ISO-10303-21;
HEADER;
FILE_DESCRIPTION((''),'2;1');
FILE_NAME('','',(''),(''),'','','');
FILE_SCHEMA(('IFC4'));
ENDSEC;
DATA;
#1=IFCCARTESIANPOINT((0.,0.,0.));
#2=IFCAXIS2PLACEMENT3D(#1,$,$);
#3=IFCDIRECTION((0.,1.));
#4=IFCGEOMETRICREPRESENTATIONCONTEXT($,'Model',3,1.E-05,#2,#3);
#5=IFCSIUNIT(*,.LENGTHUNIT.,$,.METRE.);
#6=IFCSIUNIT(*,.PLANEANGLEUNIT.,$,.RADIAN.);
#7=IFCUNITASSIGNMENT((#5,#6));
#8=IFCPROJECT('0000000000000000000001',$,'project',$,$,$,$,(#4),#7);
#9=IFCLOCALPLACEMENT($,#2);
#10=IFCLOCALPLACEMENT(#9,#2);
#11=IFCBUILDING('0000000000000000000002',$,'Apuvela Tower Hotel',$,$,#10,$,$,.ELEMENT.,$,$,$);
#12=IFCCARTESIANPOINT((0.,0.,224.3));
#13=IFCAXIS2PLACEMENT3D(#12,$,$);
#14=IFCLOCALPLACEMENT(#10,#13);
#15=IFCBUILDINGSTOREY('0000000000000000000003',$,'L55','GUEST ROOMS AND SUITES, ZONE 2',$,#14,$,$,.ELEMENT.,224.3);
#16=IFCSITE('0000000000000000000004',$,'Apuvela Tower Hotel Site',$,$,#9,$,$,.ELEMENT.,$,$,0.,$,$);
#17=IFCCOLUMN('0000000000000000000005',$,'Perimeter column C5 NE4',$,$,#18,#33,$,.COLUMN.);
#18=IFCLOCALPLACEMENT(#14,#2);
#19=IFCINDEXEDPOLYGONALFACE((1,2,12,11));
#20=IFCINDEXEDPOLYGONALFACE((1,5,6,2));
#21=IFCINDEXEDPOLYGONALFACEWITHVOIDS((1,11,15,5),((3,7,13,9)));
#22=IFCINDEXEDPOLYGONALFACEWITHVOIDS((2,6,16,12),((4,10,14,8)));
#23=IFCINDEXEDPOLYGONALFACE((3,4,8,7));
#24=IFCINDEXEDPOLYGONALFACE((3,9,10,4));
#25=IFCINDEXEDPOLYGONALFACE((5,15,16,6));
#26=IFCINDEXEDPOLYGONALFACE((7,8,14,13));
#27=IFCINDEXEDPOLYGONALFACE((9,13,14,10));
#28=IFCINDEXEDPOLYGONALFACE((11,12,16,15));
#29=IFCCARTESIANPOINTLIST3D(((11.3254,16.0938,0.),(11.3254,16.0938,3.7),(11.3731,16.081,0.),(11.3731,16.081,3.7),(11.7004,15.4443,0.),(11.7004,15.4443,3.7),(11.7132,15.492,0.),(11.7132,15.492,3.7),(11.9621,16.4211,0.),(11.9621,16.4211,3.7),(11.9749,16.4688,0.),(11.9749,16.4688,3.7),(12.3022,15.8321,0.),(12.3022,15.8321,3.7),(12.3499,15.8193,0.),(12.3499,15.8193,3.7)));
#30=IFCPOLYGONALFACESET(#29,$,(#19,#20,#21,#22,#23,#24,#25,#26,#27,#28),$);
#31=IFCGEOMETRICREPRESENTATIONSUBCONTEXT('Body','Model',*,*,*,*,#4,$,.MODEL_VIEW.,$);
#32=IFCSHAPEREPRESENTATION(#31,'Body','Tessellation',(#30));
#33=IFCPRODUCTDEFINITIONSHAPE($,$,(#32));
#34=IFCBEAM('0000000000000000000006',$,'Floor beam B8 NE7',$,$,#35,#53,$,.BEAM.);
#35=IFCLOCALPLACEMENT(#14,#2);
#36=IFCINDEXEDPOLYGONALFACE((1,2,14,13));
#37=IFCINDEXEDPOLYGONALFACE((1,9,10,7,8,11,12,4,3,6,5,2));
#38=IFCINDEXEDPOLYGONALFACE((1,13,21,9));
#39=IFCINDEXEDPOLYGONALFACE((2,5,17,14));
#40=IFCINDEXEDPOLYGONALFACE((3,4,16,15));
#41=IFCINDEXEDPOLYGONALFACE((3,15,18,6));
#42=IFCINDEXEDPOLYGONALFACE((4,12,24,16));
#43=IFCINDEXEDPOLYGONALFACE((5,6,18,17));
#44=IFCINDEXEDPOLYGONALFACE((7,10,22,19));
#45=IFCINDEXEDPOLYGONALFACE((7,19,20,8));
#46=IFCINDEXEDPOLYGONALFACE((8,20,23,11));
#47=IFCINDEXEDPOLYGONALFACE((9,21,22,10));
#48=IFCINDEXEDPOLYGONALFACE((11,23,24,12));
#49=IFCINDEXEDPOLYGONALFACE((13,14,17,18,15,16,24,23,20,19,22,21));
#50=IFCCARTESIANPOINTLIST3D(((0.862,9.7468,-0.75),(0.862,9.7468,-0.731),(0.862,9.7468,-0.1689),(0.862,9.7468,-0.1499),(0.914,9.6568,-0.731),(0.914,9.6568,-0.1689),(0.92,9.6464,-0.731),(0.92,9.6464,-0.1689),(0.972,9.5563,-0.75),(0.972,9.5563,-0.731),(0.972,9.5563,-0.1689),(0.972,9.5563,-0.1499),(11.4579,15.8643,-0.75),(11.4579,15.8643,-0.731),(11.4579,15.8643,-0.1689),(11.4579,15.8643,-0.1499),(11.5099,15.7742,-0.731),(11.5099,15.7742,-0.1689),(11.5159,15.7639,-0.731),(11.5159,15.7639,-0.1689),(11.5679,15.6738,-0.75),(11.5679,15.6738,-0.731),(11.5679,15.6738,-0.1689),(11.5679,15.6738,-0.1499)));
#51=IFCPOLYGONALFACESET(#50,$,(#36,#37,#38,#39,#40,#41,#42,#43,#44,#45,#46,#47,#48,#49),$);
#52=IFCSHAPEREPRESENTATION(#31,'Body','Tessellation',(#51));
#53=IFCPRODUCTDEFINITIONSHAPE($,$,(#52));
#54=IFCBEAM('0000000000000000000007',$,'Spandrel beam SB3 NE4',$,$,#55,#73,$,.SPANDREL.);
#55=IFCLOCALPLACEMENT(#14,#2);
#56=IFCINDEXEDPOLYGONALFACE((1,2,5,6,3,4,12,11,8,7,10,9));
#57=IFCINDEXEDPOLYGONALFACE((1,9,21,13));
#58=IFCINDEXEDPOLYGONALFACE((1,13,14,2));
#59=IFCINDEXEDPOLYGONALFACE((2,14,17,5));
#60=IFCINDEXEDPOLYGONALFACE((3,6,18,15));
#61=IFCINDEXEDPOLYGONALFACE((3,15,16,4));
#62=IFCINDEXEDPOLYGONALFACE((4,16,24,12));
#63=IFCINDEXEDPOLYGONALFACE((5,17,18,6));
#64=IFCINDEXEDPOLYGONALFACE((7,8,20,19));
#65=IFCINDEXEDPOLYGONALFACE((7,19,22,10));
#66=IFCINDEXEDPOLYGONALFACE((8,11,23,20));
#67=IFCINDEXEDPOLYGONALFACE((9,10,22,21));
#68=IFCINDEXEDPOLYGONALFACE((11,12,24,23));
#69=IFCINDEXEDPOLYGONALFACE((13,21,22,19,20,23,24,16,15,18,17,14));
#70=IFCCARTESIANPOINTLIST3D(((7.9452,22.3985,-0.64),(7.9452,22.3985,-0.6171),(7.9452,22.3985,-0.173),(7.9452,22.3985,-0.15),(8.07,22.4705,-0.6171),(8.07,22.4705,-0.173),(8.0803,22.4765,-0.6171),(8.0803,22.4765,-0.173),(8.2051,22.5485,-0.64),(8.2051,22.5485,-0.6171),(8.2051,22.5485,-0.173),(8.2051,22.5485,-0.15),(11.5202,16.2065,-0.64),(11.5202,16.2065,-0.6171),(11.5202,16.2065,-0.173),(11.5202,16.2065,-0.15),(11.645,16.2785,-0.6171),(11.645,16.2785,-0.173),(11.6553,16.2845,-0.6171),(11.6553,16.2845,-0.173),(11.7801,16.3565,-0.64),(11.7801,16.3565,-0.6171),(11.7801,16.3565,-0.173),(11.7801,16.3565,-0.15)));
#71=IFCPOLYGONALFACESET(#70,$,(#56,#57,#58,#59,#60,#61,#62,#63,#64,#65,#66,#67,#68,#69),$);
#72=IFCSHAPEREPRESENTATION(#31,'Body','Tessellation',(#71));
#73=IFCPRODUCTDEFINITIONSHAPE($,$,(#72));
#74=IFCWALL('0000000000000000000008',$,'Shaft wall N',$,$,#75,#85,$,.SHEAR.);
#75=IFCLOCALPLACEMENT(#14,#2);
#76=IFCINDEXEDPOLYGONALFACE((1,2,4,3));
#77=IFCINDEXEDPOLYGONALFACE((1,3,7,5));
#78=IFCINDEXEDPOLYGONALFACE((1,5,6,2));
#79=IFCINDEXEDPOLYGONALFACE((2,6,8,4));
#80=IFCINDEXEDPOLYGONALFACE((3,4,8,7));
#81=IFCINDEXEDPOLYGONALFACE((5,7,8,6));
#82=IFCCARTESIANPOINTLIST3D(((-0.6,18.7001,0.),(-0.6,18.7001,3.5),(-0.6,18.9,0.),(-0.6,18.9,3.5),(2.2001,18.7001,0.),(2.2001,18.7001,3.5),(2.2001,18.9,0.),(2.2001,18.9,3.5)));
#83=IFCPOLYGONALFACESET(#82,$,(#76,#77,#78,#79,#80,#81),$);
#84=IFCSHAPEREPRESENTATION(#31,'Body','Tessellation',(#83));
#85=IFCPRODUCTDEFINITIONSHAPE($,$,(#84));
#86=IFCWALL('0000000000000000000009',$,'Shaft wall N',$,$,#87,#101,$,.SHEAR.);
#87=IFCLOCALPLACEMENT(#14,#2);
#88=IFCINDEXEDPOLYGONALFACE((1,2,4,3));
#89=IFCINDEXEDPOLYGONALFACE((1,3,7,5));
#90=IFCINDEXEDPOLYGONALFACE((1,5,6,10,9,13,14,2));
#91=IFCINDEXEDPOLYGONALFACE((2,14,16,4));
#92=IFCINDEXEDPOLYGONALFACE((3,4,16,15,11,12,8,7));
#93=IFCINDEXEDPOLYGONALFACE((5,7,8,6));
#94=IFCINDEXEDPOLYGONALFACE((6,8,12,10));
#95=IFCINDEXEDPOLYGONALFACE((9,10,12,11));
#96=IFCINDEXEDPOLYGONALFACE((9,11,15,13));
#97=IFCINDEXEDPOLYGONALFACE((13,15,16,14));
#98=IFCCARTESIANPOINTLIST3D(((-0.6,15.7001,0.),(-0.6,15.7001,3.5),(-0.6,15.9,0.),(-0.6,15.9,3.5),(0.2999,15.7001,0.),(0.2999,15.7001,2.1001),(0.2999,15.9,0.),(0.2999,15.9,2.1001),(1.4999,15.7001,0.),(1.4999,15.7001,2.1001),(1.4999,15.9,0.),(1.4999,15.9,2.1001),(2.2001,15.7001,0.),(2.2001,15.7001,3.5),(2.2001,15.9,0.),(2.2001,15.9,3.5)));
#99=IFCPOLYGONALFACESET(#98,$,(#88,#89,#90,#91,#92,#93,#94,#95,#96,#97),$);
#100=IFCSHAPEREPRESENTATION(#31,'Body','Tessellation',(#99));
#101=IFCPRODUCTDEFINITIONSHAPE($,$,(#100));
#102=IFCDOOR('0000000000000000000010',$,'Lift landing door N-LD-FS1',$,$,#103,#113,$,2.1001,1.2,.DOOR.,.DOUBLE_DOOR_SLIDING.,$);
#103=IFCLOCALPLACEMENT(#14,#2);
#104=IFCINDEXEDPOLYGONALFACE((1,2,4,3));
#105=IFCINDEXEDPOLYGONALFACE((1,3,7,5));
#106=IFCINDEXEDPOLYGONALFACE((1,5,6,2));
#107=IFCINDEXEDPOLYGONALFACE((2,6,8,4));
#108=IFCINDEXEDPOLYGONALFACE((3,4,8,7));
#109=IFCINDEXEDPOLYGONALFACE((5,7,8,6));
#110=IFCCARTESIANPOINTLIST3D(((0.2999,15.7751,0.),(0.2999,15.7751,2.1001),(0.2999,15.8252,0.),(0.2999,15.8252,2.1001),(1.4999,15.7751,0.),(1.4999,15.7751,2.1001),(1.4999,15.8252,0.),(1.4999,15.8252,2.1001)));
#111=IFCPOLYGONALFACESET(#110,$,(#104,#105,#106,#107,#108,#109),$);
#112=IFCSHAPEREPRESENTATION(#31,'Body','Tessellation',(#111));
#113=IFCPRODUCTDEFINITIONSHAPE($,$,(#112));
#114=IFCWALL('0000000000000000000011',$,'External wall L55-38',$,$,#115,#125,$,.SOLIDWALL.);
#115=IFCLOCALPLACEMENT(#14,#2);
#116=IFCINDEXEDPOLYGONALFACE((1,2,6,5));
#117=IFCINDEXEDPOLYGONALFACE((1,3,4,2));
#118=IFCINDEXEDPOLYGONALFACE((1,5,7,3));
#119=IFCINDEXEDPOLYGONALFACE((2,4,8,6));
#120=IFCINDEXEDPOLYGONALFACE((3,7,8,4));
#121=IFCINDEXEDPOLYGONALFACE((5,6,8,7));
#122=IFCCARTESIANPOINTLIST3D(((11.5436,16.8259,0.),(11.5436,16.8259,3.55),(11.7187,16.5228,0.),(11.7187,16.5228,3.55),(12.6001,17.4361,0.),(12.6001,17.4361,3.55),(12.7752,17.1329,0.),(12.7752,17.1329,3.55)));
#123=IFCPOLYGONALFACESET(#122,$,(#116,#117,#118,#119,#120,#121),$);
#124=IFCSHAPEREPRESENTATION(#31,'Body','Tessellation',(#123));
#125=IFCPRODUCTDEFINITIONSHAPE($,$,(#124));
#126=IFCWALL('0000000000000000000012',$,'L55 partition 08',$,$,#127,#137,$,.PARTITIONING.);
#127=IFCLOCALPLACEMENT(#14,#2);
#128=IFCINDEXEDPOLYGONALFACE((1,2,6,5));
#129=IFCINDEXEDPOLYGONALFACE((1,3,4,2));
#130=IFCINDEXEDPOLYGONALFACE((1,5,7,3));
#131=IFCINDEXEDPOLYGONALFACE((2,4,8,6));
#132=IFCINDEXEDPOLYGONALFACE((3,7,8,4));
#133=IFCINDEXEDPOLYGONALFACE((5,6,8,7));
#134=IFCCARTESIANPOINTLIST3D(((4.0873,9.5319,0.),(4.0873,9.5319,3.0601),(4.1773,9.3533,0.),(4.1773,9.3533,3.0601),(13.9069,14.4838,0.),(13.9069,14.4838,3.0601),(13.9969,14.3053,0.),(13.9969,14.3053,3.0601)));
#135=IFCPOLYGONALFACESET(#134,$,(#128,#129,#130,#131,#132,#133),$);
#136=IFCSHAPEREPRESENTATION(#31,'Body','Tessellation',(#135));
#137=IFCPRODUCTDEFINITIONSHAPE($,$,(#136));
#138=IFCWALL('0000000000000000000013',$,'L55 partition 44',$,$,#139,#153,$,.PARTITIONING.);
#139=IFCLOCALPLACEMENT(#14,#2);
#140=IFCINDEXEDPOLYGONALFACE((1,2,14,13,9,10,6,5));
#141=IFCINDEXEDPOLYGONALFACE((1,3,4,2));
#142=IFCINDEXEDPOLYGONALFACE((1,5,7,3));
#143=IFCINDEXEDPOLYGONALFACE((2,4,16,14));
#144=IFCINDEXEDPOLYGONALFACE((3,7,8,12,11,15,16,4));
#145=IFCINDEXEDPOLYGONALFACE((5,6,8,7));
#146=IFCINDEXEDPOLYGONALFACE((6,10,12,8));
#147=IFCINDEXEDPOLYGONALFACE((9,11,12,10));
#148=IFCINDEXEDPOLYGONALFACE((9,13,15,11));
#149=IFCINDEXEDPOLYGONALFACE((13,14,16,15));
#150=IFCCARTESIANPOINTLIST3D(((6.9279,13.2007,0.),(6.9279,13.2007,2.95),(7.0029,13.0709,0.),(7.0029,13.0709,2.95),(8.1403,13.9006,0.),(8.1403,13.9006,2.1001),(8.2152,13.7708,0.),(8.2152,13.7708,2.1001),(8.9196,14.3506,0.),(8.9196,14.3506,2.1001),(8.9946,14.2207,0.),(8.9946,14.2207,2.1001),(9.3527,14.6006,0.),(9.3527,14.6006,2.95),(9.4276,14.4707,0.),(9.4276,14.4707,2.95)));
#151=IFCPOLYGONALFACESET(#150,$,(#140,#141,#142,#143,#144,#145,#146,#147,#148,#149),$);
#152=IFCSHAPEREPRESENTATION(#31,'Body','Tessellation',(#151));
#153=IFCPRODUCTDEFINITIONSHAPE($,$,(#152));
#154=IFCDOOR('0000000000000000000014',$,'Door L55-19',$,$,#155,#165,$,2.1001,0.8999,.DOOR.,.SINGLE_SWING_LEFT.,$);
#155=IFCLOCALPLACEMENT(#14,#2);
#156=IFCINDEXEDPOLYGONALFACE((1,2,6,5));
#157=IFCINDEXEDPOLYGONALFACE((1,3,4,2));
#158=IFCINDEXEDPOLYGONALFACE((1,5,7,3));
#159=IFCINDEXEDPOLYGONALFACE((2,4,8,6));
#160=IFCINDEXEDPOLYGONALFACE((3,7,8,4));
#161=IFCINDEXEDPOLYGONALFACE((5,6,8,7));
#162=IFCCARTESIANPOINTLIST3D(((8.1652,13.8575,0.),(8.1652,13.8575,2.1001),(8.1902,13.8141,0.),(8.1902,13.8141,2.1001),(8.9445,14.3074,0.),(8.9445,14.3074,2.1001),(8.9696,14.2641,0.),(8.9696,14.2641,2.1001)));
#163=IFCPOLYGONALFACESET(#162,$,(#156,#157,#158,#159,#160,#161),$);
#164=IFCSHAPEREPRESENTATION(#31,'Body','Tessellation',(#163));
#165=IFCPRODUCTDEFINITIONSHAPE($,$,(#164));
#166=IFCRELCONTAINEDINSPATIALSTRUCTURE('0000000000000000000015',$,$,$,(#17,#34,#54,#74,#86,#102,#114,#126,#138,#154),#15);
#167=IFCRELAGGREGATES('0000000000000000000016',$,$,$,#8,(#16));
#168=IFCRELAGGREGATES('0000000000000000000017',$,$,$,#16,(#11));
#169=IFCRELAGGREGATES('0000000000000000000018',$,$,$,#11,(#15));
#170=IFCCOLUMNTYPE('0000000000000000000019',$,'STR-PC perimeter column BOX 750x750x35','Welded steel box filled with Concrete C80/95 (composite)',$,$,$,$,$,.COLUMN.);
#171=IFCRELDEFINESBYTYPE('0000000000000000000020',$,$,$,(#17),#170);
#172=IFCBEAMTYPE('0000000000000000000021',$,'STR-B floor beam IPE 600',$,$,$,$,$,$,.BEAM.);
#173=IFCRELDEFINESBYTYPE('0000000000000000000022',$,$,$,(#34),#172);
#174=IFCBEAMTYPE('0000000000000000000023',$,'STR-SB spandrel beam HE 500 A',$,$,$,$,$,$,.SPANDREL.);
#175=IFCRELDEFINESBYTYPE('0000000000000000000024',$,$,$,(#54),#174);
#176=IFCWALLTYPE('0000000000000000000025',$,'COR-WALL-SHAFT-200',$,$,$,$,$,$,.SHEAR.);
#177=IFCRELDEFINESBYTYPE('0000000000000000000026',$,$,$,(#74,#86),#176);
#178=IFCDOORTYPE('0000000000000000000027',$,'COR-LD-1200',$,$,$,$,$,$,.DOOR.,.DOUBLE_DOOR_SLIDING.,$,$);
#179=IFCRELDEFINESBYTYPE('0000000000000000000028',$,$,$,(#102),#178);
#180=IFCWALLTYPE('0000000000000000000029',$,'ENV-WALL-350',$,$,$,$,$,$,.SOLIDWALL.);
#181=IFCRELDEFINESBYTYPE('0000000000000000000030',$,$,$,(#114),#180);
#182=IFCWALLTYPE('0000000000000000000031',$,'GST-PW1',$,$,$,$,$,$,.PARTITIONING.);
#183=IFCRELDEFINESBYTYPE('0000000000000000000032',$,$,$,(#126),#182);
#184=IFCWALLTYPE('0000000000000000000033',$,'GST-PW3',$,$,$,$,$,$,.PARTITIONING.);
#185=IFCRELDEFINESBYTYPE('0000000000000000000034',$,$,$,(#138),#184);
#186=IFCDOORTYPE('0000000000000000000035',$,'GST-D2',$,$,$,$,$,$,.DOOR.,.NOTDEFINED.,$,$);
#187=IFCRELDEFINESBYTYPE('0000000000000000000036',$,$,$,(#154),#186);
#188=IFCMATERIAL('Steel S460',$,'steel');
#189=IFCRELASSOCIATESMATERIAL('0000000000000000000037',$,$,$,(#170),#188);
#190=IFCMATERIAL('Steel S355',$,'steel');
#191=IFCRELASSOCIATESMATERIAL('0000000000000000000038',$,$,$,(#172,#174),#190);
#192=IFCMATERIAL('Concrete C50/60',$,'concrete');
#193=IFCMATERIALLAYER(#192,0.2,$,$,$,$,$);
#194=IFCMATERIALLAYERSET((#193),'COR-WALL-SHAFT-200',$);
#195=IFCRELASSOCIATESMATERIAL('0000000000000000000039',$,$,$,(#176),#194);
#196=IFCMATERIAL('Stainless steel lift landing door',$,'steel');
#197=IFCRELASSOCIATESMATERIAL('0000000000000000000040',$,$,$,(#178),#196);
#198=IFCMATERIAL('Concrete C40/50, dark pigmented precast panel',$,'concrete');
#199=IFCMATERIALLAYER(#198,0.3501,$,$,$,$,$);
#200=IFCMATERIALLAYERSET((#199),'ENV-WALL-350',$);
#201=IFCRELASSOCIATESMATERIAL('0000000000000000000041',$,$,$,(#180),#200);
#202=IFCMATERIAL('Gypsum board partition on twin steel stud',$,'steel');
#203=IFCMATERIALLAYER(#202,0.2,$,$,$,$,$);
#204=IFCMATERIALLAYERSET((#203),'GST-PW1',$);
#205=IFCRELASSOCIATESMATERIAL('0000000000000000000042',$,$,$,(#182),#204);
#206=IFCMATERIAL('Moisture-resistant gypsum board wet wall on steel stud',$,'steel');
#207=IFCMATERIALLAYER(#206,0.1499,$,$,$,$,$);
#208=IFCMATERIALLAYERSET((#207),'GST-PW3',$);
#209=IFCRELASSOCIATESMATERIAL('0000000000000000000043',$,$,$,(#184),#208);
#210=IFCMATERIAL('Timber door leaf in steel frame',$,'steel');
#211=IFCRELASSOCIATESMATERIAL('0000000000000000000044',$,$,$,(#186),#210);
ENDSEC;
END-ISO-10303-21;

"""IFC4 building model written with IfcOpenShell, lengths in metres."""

from ifc_helpers import new_model, si_unit, direction, frame, frame_2d, origin, origin_2d, place, context, subcontext, project, spatial, rectangle, hollow_rectangle, i_section, extrude, material, layer, layer_set, material_profile, profile_set, type_object, element, fill, save


model = new_model("IFC4")

# Units and contexts
model_context = context("Model", 3, precision=1e-05, world=origin(), true_north=direction((0.0, 1.0)))
body_context = subcontext(model_context, "Body", "Model", "MODEL_VIEW")
ifc_project = project(units=[si_unit("LENGTHUNIT", "METRE"), si_unit("PLANEANGLEUNIT", "RADIAN")], contexts=[model_context])

# Site, building, storey
site_placement = place(None, origin())
site = spatial("IfcSite", under=ifc_project, at=site_placement, Name="Apuvela Tower Hotel Site", CompositionType="ELEMENT", RefElevation=0.0)
building_placement = place(site_placement, origin())
building = spatial("IfcBuilding", under=site, at=building_placement, Name="Apuvela Tower Hotel", CompositionType="ELEMENT")
storey_placement = place(building_placement, frame((0.0, 0.0, 224.3)))
storey = spatial("IfcBuildingStorey", under=building, at=storey_placement, Name="L55", Description="GUEST ROOMS AND SUITES, ZONE 2", CompositionType="ELEMENT", Elevation=224.3)

# Column
ifc_material_1 = material(Name="Steel S460", Category="steel")
ifc_material_profile_1 = material_profile(ifc_material_1, hollow_rectangle(XDim=0.75, YDim=0.75, WallThickness=0.0349, at=origin_2d()), Name="BOX 750x750x35")
ifc_material_2 = material(Name="Concrete C80/95", Category="concrete")
ifc_material_profile_2 = material_profile(ifc_material_2, rectangle(XDim=0.6799, YDim=0.6799, at=origin_2d()), Name="Concrete C80/95 infill")
ifc_profile_set_1 = profile_set([ifc_material_profile_1, ifc_material_profile_2], Name="Steel S460")
column_type = type_object("IfcColumnType", Name="STR-PC perimeter column BOX 750x750x35", Description="Welded steel box filled with Concrete C80/95 (composite)", PredefinedType="COLUMN", material=ifc_profile_set_1)
column_placement = place(storey_placement, frame((11.8376, 15.9565, 0.0), z_axis=(0.0, 0.0, 1.0), x_axis=(-0.5, 0.866025, 0.0)))
element("IfcColumn", 1, at=column_placement, inside=storey, type_object=column_type, Name="Perimeter column C5 NE4", PredefinedType="COLUMN", context=body_context, shape_type="SweptSolid", body=[
    extrude(hollow_rectangle(XDim=0.75, YDim=0.75, WallThickness=0.0349, at=origin_2d()), origin(), (0.0, 0.0, 1.0), 3.7),
])

# Beams
ifc_material_3 = material(Name="Steel S355", Category="steel")
ifc_material_profile_3 = material_profile(ifc_material_3, i_section(OverallWidth=0.22, OverallDepth=0.6001, WebThickness=0.012, FlangeThickness=0.019, at=origin_2d()), Name="IPE 600")
ifc_profile_set_2 = profile_set([ifc_material_profile_3], Name="Steel S355")
beam_type_1 = type_object("IfcBeamType", Name="STR-B floor beam IPE 600", PredefinedType="BEAM", material=ifc_profile_set_2)
beam_1_placement = place(storey_placement, frame((11.5129, 15.769, -0.45), z_axis=(-0.86603, -0.499991, 0.0), x_axis=(0.499991, -0.86603, 0.0)))
element("IfcBeam", 2, at=beam_1_placement, inside=storey, type_object=beam_type_1, Name="Floor beam B8 NE7", PredefinedType="BEAM", context=body_context, shape_type="SweptSolid", body=[
    extrude(i_section(OverallWidth=0.22, OverallDepth=0.6001, WebThickness=0.012, FlangeThickness=0.019, at=origin_2d()), origin(), (0.0, 0.0, 1.0), 12.2351),
])
ifc_material_profile_4 = material_profile(ifc_material_3, i_section(OverallWidth=0.3, OverallDepth=0.49, WebThickness=0.012, FlangeThickness=0.0229, at=origin_2d()), Name="HE 500 A")
ifc_profile_set_3 = profile_set([ifc_material_profile_4], Name="Steel S355")
beam_type_2 = type_object("IfcBeamType", Name="STR-SB spandrel beam HE 500 A", PredefinedType="SPANDREL", material=ifc_profile_set_3)
beam_2_placement = place(storey_placement, frame((11.6501, 16.2815, -0.395), z_axis=(-0.500006, 0.866022, 0.0), x_axis=(-0.866022, -0.500006, 0.0)))
element("IfcBeam", 3, at=beam_2_placement, inside=storey, type_object=beam_type_2, Name="Spandrel beam SB3 NE4", PredefinedType="SPANDREL", context=body_context, shape_type="SweptSolid", body=[
    extrude(i_section(OverallWidth=0.3, OverallDepth=0.49, WebThickness=0.012, FlangeThickness=0.0229, at=origin_2d()), origin(), (0.0, 0.0, 1.0), 7.1499),
])

# Wall
ifc_material_4 = material(Name="Concrete C50/60", Category="concrete")
ifc_layer_1 = layer(ifc_material_4, 0.2)
ifc_layer_set_1 = layer_set([ifc_layer_1], Name="COR-WALL-SHAFT-200")
wall_type_1 = type_object("IfcWallType", Name="COR-WALL-SHAFT-200", PredefinedType="SHEAR", material=ifc_layer_set_1)
wall_1_placement = place(storey_placement, frame((2.2, 18.8, 0.0), z_axis=(0.0, 0.0, 1.0), x_axis=(-1.0, 0.0, 0.0)))
element("IfcWall", 4, at=wall_1_placement, inside=storey, type_object=wall_type_1, Name="Shaft wall N", PredefinedType="SHEAR", context=body_context, shape_type="SweptSolid", body=[
    extrude(rectangle(XDim=2.8, YDim=0.2, at=frame_2d((1.3999, 0.0))), origin(), (0.0, 0.0, 1.0), 3.5),
])

# Wall, opening, door
wall_2_placement = place(storey_placement, frame((2.2, 15.8, 0.0), z_axis=(0.0, 0.0, 1.0), x_axis=(-1.0, 0.0, 0.0)))
wall_2 = element("IfcWall", 5, at=wall_2_placement, inside=storey, type_object=wall_type_1, Name="Shaft wall N", PredefinedType="SHEAR", context=body_context, shape_type="SweptSolid", body=[
    extrude(rectangle(XDim=2.8, YDim=0.2, at=frame_2d((1.3999, 0.0))), origin(), (0.0, 0.0, 1.0), 3.5),
])
opening_1_placement = place(wall_2_placement, frame((0.7, 0.0, 0.0)))
opening_1 = element("IfcOpeningElement", 6, at=opening_1_placement, cuts=wall_2, PredefinedType="OPENING", context=body_context, shape_type="SweptSolid", body=[
    extrude(rectangle(XDim=1.2, YDim=2.1001, at=frame_2d((0.6001, 1.05))), frame((0.0, 0.1099, 0.0), z_axis=(0.0, -1.0, 0.0), x_axis=(1.0, 0.0, 0.0)), (0.0, 0.0, 1.0), 0.22),
])
ifc_material_5 = material(Name="Stainless steel lift landing door", Category="steel")
door_type_1 = type_object("IfcDoorType", Name="COR-LD-1200", OperationType="DOUBLE_DOOR_SLIDING", PredefinedType="DOOR", material=ifc_material_5)
door_1_placement = place(opening_1_placement, origin())
door_1 = element("IfcDoor", 7, at=door_1_placement, inside=storey, type_object=door_type_1, Name="Lift landing door N-LD-FS1", OperationType="DOUBLE_DOOR_SLIDING", OverallHeight=2.1001, OverallWidth=1.2, PredefinedType="DOOR", context=body_context, shape_type="SweptSolid", body=[
    extrude(rectangle(XDim=1.2, YDim=2.1001, at=frame_2d((0.6001, 1.05))), frame((0.0, 0.0249, 0.0), z_axis=(0.0, -1.0, 0.0), x_axis=(1.0, 0.0, 0.0)), (0.0, 0.0, 1.0), 0.05),
])
fill(opening_1, door_1)

# Wall
ifc_material_6 = material(Name="Concrete C40/50, dark pigmented precast panel", Category="concrete")
ifc_layer_2 = layer(ifc_material_6, 0.3501)
ifc_layer_set_2 = layer_set([ifc_layer_2], Name="ENV-WALL-350")
wall_type_2 = type_object("IfcWallType", Name="ENV-WALL-350", PredefinedType="SOLIDWALL", material=ifc_layer_set_2)
wall_3_placement = place(storey_placement, frame((12.6875, 17.2844, 0.0), z_axis=(0.0, 0.0, 1.0), x_axis=(-0.865956, -0.500121, 0.0)))
element("IfcWall", 8, at=wall_3_placement, inside=storey, type_object=wall_type_2, Name="External wall L55-38", PredefinedType="SOLIDWALL", context=body_context, shape_type="SweptSolid", body=[
    extrude(rectangle(XDim=1.22, YDim=0.3501, at=frame_2d((0.6099, 0.0))), origin(), (0.0, 0.0, 1.0), 3.55),
])

# Wall
ifc_material_7 = material(Name="Gypsum board partition on twin steel stud", Category="steel")
ifc_layer_3 = layer(ifc_material_7, 0.2)
ifc_layer_set_3 = layer_set([ifc_layer_3], Name="GST-PW1")
wall_type_3 = type_object("IfcWallType", Name="GST-PW1", PredefinedType="PARTITIONING", material=ifc_layer_set_3)
wall_4_placement = place(storey_placement, frame((13.9519, 14.3945, 0.0), z_axis=(0.0, 0.0, 1.0), x_axis=(-0.89289, -0.450275, 0.0)))
element("IfcWall", 9, at=wall_4_placement, inside=storey, type_object=wall_type_3, Name="L55 partition 08", PredefinedType="PARTITIONING", context=body_context, shape_type="SweptSolid", body=[
    extrude(rectangle(XDim=10.9976, YDim=0.2, at=frame_2d((5.4988, 0.0))), origin(), (0.0, 0.0, 1.0), 3.0601),
])

# Wall, opening, door
ifc_material_8 = material(Name="Moisture-resistant gypsum board wet wall on steel stud", Category="steel")
ifc_layer_4 = layer(ifc_material_8, 0.1499)
ifc_layer_set_4 = layer_set([ifc_layer_4], Name="GST-PW3")
wall_type_4 = type_object("IfcWallType", Name="GST-PW3", PredefinedType="PARTITIONING", material=ifc_layer_set_4)
wall_5_placement = place(storey_placement, frame((9.3901, 14.5356, 0.0), z_axis=(0.0, 0.0, 1.0), x_axis=(-0.866035, -0.499984, 0.0)))
wall_5 = element("IfcWall", 10, at=wall_5_placement, inside=storey, type_object=wall_type_4, Name="L55 partition 44", PredefinedType="PARTITIONING", context=body_context, shape_type="SweptSolid", body=[
    extrude(rectangle(XDim=2.7998, YDim=0.1499, at=frame_2d((1.3999, 0.0))), origin(), (0.0, 0.0, 1.0), 2.95),
])
opening_2_placement = place(wall_5_placement, frame((0.5, 0.0, 0.0)))
opening_2 = element("IfcOpeningElement", 11, at=opening_2_placement, cuts=wall_5, PredefinedType="OPENING", context=body_context, shape_type="SweptSolid", body=[
    extrude(rectangle(XDim=0.8999, YDim=2.1001, at=frame_2d((0.45, 1.05))), frame((0.0, 0.085, 0.0), z_axis=(0.0, -1.0, 0.0), x_axis=(1.0, 0.0, 0.0)), (0.0, 0.0, 1.0), 0.1699),
])
ifc_material_9 = material(Name="Timber door leaf in steel frame", Category="steel")
door_type_2 = type_object("IfcDoorType", Name="GST-D2", OperationType="NOTDEFINED", PredefinedType="DOOR", material=ifc_material_9)
door_2_placement = place(opening_2_placement, origin())
door_2 = element("IfcDoor", 12, at=door_2_placement, inside=storey, type_object=door_type_2, Name="Door L55-19", OperationType="SINGLE_SWING_LEFT", OverallHeight=2.1001, OverallWidth=0.8999, PredefinedType="DOOR", context=body_context, shape_type="SweptSolid", body=[
    extrude(rectangle(XDim=0.8999, YDim=2.1001, at=frame_2d((0.45, 1.05))), frame((0.0, 0.0249, 0.0), z_axis=(0.0, -1.0, 0.0), x_axis=(1.0, 0.0, 0.0)), (0.0, 0.0, 1.0), 0.05),
])
fill(opening_2, door_2)

save(model, "model.ifc")
